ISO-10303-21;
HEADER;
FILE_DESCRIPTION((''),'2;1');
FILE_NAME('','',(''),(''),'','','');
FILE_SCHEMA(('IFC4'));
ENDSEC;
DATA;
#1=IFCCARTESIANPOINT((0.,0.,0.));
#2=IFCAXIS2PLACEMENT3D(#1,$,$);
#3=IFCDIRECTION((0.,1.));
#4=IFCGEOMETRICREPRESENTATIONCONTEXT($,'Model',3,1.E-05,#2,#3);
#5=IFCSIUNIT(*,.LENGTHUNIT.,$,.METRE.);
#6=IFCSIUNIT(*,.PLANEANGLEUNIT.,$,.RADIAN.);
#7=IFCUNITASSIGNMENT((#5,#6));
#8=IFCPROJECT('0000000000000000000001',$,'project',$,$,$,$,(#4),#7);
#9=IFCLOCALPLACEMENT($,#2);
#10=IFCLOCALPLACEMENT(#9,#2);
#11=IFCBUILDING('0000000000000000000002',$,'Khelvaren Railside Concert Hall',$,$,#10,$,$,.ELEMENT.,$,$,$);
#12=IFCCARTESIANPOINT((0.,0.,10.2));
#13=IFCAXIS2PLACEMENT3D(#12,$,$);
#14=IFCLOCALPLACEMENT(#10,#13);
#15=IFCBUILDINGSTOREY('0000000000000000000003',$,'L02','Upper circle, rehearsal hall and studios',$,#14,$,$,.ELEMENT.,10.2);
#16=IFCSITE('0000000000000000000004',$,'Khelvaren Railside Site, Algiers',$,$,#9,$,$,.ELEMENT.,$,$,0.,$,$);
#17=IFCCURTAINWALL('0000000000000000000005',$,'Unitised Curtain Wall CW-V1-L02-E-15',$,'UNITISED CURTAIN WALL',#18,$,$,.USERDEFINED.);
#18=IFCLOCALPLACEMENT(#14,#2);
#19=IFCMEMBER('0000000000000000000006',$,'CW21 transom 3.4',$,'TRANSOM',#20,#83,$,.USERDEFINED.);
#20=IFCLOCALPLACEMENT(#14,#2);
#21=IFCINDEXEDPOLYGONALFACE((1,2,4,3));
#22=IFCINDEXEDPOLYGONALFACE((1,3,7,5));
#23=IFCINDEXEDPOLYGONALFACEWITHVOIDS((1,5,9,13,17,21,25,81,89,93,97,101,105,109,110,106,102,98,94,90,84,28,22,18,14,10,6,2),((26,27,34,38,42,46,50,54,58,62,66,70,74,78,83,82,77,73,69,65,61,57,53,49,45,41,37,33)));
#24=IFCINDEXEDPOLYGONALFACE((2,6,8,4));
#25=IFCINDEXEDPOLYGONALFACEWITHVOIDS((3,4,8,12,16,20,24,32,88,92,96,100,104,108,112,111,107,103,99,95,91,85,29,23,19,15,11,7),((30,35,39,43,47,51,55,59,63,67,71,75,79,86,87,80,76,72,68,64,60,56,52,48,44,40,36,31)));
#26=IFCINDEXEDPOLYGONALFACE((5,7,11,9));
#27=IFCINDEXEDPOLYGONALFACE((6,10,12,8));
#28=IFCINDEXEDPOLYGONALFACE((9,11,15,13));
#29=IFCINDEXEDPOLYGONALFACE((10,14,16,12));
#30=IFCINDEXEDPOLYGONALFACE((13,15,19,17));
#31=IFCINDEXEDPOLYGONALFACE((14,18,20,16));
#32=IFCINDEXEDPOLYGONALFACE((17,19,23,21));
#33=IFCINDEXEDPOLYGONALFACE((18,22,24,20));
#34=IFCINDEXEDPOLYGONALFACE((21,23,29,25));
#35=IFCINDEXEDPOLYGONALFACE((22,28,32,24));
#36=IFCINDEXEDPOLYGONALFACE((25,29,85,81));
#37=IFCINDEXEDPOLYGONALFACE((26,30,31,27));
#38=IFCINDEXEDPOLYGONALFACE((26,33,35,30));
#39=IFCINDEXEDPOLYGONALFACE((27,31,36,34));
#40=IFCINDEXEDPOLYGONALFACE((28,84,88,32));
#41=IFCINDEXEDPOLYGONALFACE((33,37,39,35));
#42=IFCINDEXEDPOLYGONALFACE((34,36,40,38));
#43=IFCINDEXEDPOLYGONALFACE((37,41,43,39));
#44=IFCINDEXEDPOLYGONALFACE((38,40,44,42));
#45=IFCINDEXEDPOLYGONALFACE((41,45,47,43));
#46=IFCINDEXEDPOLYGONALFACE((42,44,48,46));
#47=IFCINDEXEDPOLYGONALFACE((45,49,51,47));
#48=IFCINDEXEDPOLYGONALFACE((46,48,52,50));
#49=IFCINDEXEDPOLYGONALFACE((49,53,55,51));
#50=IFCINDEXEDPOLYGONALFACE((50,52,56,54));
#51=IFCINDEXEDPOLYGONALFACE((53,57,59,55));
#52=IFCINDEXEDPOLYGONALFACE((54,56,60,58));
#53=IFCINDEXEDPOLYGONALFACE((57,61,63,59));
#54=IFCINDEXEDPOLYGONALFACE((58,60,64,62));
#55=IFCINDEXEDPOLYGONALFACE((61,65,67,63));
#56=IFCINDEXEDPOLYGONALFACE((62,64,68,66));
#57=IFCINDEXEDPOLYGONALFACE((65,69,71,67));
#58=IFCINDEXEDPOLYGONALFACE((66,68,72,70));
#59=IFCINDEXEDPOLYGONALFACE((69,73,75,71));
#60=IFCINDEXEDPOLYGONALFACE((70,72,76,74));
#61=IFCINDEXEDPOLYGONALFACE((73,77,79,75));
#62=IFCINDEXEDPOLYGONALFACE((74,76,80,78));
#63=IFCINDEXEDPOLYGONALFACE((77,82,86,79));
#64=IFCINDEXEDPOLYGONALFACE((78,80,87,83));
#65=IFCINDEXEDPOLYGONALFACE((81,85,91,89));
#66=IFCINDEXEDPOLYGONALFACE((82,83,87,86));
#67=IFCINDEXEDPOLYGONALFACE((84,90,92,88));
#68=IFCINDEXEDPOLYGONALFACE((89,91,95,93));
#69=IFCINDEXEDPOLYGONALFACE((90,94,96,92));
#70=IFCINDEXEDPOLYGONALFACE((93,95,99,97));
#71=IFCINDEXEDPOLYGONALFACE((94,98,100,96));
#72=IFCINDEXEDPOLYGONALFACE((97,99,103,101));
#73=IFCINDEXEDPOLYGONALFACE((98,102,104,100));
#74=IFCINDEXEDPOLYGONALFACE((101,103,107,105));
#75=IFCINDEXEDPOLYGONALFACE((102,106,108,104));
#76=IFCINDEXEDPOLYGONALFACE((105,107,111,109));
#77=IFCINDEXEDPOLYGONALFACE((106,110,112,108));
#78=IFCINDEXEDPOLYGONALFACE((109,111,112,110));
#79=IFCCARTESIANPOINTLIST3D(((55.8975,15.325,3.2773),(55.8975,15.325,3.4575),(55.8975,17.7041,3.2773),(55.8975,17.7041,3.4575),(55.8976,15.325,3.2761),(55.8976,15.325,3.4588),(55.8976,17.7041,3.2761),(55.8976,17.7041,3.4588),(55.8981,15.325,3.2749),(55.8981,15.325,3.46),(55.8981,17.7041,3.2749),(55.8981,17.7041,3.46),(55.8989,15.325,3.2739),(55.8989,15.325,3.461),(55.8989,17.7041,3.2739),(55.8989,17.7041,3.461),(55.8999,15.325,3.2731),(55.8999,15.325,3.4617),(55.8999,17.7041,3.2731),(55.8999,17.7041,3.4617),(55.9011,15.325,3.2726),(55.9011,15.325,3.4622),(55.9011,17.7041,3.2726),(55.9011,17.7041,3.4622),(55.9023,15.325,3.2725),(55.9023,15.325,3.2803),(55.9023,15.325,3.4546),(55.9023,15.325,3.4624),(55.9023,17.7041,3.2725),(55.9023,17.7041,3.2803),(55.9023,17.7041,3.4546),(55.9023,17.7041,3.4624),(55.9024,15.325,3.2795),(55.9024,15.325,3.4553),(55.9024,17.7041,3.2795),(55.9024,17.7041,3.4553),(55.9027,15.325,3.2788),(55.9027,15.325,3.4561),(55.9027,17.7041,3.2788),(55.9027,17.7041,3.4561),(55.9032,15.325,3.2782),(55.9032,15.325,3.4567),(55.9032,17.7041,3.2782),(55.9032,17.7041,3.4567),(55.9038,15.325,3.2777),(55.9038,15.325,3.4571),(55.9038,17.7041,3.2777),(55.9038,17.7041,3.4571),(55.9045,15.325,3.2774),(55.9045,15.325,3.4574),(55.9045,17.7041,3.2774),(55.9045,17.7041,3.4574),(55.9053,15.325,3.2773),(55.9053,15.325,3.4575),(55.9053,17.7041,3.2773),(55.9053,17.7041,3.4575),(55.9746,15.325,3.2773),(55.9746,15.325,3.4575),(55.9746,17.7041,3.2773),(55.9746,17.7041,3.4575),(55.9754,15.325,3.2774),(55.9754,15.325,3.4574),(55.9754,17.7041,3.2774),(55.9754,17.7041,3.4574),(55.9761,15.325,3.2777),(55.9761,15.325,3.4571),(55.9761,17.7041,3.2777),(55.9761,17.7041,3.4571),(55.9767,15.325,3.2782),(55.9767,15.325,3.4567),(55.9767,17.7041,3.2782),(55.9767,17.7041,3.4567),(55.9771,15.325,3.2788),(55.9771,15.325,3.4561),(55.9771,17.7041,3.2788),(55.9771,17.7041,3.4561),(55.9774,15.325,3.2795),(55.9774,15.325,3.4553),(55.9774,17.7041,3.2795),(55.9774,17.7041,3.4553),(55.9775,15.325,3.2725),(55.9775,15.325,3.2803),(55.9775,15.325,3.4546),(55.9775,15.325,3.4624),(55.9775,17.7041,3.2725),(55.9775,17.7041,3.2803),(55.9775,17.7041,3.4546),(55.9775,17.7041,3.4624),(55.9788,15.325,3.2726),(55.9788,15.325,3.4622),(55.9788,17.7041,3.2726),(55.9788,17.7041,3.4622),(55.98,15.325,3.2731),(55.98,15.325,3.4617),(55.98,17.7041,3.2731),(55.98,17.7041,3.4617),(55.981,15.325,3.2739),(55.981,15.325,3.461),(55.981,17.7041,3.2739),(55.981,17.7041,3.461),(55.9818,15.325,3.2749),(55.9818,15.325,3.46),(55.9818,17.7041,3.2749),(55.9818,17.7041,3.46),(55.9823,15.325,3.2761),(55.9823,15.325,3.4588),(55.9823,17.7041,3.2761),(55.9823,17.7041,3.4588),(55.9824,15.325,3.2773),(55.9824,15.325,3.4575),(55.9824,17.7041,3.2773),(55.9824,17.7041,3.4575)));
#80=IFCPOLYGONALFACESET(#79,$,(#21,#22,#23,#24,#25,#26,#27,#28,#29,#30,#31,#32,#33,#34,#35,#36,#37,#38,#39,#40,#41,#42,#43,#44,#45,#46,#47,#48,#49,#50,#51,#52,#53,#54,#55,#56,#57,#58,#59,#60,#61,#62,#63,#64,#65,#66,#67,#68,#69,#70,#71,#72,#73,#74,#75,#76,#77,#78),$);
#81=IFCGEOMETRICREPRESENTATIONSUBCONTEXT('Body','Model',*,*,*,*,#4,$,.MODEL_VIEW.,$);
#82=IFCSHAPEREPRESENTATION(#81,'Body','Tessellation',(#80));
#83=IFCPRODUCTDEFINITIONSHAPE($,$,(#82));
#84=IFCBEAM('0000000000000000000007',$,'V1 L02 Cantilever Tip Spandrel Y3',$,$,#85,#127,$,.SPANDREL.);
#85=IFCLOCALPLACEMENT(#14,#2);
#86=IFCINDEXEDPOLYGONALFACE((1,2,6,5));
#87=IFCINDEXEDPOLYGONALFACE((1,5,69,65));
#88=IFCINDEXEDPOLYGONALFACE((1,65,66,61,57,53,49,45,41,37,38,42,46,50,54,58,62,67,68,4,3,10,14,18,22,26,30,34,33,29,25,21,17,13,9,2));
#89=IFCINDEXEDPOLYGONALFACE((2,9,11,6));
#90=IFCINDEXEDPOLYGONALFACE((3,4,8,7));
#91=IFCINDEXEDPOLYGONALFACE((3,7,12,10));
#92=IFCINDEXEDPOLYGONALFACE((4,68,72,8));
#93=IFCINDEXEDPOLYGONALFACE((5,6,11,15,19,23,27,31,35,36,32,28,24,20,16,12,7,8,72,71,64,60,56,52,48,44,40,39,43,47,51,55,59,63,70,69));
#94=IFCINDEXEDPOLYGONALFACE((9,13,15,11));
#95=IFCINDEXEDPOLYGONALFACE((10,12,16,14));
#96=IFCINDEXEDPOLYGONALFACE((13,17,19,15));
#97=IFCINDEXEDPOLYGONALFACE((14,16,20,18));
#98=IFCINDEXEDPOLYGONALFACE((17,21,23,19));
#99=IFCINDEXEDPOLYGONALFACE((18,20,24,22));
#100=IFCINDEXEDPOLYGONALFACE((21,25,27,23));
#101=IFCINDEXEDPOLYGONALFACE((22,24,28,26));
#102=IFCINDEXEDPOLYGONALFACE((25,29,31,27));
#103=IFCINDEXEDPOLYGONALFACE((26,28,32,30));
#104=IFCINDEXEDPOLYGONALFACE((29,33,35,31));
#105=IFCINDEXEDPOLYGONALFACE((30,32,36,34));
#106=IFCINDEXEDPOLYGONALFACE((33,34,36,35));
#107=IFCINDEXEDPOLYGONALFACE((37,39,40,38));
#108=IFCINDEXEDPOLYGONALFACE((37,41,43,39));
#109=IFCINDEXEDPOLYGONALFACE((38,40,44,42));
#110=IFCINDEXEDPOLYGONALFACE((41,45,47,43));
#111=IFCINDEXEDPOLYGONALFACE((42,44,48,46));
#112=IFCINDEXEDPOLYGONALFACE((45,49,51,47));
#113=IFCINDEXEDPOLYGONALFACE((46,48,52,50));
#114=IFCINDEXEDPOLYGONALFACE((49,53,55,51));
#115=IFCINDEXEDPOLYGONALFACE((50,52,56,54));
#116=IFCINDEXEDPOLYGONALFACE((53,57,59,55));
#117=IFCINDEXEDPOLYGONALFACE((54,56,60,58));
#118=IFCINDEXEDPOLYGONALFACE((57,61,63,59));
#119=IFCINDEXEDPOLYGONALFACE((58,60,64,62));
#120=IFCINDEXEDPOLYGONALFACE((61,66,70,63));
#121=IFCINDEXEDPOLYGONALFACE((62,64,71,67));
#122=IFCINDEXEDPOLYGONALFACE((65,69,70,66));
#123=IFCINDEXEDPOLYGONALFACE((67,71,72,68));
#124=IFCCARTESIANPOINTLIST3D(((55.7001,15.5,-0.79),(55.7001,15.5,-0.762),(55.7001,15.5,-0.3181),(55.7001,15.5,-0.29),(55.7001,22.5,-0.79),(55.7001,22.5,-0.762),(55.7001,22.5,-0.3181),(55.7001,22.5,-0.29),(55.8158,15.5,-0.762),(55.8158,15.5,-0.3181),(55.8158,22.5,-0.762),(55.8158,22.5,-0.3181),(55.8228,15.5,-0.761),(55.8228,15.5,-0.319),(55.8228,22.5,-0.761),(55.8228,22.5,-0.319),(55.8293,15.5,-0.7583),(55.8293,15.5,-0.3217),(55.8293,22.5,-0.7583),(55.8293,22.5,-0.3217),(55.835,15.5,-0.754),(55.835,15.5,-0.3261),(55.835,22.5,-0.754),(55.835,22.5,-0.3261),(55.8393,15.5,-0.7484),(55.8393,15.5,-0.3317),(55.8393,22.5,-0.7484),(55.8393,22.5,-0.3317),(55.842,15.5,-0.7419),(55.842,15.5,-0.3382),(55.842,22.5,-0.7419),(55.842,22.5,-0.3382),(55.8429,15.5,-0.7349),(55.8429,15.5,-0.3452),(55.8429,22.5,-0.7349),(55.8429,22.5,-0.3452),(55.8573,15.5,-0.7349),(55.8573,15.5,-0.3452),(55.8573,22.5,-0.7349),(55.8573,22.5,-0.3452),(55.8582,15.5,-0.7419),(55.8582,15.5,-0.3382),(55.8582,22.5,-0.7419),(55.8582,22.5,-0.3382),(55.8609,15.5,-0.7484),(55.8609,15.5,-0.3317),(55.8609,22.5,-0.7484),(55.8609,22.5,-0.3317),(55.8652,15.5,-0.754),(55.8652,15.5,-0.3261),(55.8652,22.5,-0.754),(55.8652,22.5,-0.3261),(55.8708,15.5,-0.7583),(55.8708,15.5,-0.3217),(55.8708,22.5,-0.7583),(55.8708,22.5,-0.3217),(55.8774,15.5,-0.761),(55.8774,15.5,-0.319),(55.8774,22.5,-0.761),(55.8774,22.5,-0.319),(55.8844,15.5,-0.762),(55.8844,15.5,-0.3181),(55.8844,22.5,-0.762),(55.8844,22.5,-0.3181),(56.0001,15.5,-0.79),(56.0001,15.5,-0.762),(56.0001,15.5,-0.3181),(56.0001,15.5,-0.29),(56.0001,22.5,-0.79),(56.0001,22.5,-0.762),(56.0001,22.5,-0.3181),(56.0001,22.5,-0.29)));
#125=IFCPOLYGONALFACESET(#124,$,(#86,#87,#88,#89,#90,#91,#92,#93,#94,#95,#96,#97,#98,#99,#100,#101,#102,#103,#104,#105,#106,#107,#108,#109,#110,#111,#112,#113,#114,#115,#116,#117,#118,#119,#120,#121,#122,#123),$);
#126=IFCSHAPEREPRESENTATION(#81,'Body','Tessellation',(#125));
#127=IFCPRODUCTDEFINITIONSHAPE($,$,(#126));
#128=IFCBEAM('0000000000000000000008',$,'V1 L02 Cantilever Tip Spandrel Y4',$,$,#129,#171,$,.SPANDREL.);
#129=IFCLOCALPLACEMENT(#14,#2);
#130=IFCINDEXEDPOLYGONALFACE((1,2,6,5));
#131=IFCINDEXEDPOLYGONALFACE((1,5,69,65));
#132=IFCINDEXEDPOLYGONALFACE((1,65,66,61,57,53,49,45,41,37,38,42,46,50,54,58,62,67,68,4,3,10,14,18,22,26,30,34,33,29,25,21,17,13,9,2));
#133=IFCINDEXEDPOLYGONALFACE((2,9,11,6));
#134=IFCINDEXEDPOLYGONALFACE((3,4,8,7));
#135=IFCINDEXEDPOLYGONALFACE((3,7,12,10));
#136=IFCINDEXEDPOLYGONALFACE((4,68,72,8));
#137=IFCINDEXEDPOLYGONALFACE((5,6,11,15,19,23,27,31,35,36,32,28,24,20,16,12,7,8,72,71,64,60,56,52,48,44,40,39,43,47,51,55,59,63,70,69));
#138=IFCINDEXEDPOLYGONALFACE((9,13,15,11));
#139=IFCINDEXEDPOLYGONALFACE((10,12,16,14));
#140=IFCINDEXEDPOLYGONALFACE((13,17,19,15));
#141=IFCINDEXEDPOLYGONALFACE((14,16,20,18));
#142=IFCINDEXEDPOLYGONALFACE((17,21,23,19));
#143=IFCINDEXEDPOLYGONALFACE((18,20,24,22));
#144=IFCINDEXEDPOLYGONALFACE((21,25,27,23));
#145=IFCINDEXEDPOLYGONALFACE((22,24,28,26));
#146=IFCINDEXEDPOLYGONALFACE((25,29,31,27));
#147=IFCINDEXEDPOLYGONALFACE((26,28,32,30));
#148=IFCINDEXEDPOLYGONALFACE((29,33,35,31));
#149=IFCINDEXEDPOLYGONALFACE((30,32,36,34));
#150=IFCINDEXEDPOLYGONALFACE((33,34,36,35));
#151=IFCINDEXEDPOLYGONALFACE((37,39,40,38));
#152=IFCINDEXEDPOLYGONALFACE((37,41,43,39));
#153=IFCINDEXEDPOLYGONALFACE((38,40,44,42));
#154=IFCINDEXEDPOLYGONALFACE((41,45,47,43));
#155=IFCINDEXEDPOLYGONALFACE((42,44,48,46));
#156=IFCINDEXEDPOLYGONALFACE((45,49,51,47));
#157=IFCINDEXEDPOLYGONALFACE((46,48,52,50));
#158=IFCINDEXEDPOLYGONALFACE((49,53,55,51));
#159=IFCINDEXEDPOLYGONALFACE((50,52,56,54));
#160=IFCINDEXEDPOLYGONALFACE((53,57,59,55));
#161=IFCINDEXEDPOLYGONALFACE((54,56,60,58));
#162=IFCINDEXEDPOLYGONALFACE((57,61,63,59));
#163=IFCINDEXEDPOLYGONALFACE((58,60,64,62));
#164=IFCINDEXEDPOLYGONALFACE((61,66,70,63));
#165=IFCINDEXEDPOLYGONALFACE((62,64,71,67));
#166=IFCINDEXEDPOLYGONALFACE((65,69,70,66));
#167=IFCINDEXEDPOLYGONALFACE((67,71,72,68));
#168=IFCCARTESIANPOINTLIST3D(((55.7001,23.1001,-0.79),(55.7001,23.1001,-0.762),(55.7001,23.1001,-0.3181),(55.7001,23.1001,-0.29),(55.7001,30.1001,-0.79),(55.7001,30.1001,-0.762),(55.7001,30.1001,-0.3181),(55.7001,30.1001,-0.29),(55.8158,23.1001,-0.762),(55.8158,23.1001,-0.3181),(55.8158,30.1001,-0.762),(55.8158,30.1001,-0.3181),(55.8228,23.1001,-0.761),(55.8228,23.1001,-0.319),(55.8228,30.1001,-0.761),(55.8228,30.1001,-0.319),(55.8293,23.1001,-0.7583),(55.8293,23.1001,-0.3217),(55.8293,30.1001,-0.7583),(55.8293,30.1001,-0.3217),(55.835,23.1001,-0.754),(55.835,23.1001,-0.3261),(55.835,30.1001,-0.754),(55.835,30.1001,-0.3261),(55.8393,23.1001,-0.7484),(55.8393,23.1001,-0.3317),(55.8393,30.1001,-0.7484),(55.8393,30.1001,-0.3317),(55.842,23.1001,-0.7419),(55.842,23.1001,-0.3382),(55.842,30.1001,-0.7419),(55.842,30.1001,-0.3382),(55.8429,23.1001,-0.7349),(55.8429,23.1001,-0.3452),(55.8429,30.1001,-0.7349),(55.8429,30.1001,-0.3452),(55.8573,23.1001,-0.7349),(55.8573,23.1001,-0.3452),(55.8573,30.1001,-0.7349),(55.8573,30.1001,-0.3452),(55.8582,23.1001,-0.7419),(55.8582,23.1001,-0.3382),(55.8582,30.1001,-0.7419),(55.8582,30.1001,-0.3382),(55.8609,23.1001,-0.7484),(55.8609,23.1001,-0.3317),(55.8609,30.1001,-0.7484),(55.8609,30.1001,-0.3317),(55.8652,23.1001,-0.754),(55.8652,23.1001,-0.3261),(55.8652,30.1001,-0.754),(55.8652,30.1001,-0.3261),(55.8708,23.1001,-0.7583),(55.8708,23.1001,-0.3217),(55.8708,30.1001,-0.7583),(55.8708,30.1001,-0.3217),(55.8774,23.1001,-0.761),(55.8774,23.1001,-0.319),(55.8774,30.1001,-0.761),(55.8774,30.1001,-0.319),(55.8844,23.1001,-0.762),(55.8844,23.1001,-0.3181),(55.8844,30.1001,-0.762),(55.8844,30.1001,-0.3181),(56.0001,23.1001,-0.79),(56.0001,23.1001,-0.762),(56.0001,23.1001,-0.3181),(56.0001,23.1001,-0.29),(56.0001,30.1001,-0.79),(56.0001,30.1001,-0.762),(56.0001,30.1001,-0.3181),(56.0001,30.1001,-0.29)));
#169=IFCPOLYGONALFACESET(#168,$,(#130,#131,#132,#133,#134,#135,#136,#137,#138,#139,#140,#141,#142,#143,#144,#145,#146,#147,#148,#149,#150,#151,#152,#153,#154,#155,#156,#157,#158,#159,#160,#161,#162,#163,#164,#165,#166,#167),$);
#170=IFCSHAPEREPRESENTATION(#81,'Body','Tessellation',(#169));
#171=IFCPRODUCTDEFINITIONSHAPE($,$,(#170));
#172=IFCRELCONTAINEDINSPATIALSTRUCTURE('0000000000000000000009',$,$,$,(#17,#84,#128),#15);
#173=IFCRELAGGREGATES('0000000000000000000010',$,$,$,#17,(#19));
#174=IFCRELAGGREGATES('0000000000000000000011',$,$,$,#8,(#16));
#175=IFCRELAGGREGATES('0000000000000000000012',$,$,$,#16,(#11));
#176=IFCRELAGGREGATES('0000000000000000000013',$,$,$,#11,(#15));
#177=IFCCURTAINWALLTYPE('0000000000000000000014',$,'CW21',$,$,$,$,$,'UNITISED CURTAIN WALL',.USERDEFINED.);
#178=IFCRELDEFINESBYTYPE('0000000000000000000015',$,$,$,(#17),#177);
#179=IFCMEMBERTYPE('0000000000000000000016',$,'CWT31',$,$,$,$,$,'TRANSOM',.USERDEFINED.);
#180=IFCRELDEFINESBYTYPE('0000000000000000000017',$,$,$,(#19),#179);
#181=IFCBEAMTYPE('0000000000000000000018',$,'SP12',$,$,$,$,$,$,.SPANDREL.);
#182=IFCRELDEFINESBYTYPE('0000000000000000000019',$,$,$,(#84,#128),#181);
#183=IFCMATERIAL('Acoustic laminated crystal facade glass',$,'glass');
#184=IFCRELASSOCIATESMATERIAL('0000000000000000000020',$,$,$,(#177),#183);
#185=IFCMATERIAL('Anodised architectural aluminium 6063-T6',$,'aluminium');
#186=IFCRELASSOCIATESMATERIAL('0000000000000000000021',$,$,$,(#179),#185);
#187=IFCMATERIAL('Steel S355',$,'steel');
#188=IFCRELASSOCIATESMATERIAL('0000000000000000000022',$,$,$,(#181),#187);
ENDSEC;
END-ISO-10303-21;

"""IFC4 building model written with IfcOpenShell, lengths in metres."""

from ifc_helpers import new_model, si_unit, direction, frame, origin, origin_2d, place, context, subcontext, project, spatial, hollow_rectangle, i_section, extrude, material, material_profile, profile_set, type_object, element, aggregate, save


model = new_model("IFC4")

# Units and contexts
model_context = context("Model", 3, precision=1e-05, world=origin(), true_north=direction((0.0, 1.0)))
body_context = subcontext(model_context, "Body", "Model", "MODEL_VIEW")
ifc_project = project(units=[si_unit("LENGTHUNIT", "METRE"), si_unit("PLANEANGLEUNIT", "RADIAN")], contexts=[model_context])

# Site, building, storey
site_placement = place(None, origin())
site = spatial("IfcSite", under=ifc_project, at=site_placement, Name="Khelvaren Railside Site, Algiers", CompositionType="ELEMENT", RefElevation=0.0)
building_placement = place(site_placement, origin())
building = spatial("IfcBuilding", under=site, at=building_placement, Name="Khelvaren Railside Concert Hall", CompositionType="ELEMENT")
storey_placement = place(building_placement, frame((0.0, 0.0, 10.2)))
storey = spatial("IfcBuildingStorey", under=building, at=storey_placement, Name="L02", Description="Upper circle, rehearsal hall and studios", CompositionType="ELEMENT", Elevation=10.2)

# Curtain wall, member
ifc_material_1 = material(Name="Acoustic laminated crystal facade glass", Category="glass")
curtain_wall_type = type_object("IfcCurtainWallType", Name="CW21", ElementType="UNITISED CURTAIN WALL", PredefinedType="USERDEFINED", material=ifc_material_1)
curtain_wall_placement = place(storey_placement, origin())
curtain_wall = element("IfcCurtainWall", 1, at=curtain_wall_placement, inside=storey, type_object=curtain_wall_type, Name="Unitised Curtain Wall CW-V1-L02-E-15", ObjectType="UNITISED CURTAIN WALL", PredefinedType="USERDEFINED")
ifc_material_2 = material(Name="Anodised architectural aluminium 6063-T6", Category="aluminium")
ifc_material_profile_1 = material_profile(ifc_material_2, hollow_rectangle(XDim=0.085, YDim=0.1899, WallThickness=0.0049, InnerFilletRadius=0.0029, OuterFilletRadius=0.0049, at=origin_2d()), Name="CWT 85x190x5")
ifc_profile_set_1 = profile_set([ifc_material_profile_1], Name="Anodised architectural aluminium 6063-T6")
member_type_1 = type_object("IfcMemberType", Name="CWT31", ElementType="TRANSOM", PredefinedType="USERDEFINED", material=ifc_profile_set_1)
member_1_placement = place(storey_placement, frame((55.9399, 17.7041, 3.3674), z_axis=(0.0, -1.0, 0.0), x_axis=(1.0, 0.0, 0.0)))
member_1 = element("IfcMember", 2, at=member_1_placement, type_object=member_type_1, Name="CW21 transom 3.4", ObjectType="TRANSOM", PredefinedType="USERDEFINED", context=body_context, shape_type="SweptSolid", body=[
    extrude(hollow_rectangle(XDim=0.085, YDim=0.1899, WallThickness=0.0049, InnerFilletRadius=0.0029, OuterFilletRadius=0.0049, at=origin_2d()), origin(), (0.0, 0.0, 1.0), 2.3792),
])

# Beams
ifc_material_3 = material(Name="Steel S355", Category="steel")
ifc_material_profile_2 = material_profile(ifc_material_3, i_section(OverallWidth=0.3, OverallDepth=0.5, WebThickness=0.0144, FlangeThickness=0.0281, FilletRadius=0.0271, at=origin_2d()), Name="HEB 500")
ifc_profile_set_2 = profile_set([ifc_material_profile_2], Name="Steel S355")
beam_type = type_object("IfcBeamType", Name="SP12", PredefinedType="SPANDREL", material=ifc_profile_set_2)
for number, where, z_axis, x_axis, name in (
    (3, (55.8501, 15.5, -0.54), (0.0, 1.0, 0.0), (-1.0, 0.0, 0.0), "V1 L02 Cantilever Tip Spandrel Y3"),
    (4, (55.8501, 23.1001, -0.54), (0.0, 1.0, 0.0), (-1.0, 0.0, 0.0), "V1 L02 Cantilever Tip Spandrel Y4"),
):
    element("IfcBeam", number, at=place(storey_placement, frame(where, z_axis=z_axis, x_axis=x_axis)), inside=storey, type_object=beam_type, Name=name, PredefinedType="SPANDREL", context=body_context, shape_type="SweptSolid", body=[
        extrude(i_section(OverallWidth=0.3, OverallDepth=0.5, WebThickness=0.0144, FlangeThickness=0.0281, FilletRadius=0.0271, at=origin_2d()), origin(), (0.0, 0.0, 1.0), 7.0),
    ])

aggregate(curtain_wall, [member_1])

save(model, "model.ifc")
